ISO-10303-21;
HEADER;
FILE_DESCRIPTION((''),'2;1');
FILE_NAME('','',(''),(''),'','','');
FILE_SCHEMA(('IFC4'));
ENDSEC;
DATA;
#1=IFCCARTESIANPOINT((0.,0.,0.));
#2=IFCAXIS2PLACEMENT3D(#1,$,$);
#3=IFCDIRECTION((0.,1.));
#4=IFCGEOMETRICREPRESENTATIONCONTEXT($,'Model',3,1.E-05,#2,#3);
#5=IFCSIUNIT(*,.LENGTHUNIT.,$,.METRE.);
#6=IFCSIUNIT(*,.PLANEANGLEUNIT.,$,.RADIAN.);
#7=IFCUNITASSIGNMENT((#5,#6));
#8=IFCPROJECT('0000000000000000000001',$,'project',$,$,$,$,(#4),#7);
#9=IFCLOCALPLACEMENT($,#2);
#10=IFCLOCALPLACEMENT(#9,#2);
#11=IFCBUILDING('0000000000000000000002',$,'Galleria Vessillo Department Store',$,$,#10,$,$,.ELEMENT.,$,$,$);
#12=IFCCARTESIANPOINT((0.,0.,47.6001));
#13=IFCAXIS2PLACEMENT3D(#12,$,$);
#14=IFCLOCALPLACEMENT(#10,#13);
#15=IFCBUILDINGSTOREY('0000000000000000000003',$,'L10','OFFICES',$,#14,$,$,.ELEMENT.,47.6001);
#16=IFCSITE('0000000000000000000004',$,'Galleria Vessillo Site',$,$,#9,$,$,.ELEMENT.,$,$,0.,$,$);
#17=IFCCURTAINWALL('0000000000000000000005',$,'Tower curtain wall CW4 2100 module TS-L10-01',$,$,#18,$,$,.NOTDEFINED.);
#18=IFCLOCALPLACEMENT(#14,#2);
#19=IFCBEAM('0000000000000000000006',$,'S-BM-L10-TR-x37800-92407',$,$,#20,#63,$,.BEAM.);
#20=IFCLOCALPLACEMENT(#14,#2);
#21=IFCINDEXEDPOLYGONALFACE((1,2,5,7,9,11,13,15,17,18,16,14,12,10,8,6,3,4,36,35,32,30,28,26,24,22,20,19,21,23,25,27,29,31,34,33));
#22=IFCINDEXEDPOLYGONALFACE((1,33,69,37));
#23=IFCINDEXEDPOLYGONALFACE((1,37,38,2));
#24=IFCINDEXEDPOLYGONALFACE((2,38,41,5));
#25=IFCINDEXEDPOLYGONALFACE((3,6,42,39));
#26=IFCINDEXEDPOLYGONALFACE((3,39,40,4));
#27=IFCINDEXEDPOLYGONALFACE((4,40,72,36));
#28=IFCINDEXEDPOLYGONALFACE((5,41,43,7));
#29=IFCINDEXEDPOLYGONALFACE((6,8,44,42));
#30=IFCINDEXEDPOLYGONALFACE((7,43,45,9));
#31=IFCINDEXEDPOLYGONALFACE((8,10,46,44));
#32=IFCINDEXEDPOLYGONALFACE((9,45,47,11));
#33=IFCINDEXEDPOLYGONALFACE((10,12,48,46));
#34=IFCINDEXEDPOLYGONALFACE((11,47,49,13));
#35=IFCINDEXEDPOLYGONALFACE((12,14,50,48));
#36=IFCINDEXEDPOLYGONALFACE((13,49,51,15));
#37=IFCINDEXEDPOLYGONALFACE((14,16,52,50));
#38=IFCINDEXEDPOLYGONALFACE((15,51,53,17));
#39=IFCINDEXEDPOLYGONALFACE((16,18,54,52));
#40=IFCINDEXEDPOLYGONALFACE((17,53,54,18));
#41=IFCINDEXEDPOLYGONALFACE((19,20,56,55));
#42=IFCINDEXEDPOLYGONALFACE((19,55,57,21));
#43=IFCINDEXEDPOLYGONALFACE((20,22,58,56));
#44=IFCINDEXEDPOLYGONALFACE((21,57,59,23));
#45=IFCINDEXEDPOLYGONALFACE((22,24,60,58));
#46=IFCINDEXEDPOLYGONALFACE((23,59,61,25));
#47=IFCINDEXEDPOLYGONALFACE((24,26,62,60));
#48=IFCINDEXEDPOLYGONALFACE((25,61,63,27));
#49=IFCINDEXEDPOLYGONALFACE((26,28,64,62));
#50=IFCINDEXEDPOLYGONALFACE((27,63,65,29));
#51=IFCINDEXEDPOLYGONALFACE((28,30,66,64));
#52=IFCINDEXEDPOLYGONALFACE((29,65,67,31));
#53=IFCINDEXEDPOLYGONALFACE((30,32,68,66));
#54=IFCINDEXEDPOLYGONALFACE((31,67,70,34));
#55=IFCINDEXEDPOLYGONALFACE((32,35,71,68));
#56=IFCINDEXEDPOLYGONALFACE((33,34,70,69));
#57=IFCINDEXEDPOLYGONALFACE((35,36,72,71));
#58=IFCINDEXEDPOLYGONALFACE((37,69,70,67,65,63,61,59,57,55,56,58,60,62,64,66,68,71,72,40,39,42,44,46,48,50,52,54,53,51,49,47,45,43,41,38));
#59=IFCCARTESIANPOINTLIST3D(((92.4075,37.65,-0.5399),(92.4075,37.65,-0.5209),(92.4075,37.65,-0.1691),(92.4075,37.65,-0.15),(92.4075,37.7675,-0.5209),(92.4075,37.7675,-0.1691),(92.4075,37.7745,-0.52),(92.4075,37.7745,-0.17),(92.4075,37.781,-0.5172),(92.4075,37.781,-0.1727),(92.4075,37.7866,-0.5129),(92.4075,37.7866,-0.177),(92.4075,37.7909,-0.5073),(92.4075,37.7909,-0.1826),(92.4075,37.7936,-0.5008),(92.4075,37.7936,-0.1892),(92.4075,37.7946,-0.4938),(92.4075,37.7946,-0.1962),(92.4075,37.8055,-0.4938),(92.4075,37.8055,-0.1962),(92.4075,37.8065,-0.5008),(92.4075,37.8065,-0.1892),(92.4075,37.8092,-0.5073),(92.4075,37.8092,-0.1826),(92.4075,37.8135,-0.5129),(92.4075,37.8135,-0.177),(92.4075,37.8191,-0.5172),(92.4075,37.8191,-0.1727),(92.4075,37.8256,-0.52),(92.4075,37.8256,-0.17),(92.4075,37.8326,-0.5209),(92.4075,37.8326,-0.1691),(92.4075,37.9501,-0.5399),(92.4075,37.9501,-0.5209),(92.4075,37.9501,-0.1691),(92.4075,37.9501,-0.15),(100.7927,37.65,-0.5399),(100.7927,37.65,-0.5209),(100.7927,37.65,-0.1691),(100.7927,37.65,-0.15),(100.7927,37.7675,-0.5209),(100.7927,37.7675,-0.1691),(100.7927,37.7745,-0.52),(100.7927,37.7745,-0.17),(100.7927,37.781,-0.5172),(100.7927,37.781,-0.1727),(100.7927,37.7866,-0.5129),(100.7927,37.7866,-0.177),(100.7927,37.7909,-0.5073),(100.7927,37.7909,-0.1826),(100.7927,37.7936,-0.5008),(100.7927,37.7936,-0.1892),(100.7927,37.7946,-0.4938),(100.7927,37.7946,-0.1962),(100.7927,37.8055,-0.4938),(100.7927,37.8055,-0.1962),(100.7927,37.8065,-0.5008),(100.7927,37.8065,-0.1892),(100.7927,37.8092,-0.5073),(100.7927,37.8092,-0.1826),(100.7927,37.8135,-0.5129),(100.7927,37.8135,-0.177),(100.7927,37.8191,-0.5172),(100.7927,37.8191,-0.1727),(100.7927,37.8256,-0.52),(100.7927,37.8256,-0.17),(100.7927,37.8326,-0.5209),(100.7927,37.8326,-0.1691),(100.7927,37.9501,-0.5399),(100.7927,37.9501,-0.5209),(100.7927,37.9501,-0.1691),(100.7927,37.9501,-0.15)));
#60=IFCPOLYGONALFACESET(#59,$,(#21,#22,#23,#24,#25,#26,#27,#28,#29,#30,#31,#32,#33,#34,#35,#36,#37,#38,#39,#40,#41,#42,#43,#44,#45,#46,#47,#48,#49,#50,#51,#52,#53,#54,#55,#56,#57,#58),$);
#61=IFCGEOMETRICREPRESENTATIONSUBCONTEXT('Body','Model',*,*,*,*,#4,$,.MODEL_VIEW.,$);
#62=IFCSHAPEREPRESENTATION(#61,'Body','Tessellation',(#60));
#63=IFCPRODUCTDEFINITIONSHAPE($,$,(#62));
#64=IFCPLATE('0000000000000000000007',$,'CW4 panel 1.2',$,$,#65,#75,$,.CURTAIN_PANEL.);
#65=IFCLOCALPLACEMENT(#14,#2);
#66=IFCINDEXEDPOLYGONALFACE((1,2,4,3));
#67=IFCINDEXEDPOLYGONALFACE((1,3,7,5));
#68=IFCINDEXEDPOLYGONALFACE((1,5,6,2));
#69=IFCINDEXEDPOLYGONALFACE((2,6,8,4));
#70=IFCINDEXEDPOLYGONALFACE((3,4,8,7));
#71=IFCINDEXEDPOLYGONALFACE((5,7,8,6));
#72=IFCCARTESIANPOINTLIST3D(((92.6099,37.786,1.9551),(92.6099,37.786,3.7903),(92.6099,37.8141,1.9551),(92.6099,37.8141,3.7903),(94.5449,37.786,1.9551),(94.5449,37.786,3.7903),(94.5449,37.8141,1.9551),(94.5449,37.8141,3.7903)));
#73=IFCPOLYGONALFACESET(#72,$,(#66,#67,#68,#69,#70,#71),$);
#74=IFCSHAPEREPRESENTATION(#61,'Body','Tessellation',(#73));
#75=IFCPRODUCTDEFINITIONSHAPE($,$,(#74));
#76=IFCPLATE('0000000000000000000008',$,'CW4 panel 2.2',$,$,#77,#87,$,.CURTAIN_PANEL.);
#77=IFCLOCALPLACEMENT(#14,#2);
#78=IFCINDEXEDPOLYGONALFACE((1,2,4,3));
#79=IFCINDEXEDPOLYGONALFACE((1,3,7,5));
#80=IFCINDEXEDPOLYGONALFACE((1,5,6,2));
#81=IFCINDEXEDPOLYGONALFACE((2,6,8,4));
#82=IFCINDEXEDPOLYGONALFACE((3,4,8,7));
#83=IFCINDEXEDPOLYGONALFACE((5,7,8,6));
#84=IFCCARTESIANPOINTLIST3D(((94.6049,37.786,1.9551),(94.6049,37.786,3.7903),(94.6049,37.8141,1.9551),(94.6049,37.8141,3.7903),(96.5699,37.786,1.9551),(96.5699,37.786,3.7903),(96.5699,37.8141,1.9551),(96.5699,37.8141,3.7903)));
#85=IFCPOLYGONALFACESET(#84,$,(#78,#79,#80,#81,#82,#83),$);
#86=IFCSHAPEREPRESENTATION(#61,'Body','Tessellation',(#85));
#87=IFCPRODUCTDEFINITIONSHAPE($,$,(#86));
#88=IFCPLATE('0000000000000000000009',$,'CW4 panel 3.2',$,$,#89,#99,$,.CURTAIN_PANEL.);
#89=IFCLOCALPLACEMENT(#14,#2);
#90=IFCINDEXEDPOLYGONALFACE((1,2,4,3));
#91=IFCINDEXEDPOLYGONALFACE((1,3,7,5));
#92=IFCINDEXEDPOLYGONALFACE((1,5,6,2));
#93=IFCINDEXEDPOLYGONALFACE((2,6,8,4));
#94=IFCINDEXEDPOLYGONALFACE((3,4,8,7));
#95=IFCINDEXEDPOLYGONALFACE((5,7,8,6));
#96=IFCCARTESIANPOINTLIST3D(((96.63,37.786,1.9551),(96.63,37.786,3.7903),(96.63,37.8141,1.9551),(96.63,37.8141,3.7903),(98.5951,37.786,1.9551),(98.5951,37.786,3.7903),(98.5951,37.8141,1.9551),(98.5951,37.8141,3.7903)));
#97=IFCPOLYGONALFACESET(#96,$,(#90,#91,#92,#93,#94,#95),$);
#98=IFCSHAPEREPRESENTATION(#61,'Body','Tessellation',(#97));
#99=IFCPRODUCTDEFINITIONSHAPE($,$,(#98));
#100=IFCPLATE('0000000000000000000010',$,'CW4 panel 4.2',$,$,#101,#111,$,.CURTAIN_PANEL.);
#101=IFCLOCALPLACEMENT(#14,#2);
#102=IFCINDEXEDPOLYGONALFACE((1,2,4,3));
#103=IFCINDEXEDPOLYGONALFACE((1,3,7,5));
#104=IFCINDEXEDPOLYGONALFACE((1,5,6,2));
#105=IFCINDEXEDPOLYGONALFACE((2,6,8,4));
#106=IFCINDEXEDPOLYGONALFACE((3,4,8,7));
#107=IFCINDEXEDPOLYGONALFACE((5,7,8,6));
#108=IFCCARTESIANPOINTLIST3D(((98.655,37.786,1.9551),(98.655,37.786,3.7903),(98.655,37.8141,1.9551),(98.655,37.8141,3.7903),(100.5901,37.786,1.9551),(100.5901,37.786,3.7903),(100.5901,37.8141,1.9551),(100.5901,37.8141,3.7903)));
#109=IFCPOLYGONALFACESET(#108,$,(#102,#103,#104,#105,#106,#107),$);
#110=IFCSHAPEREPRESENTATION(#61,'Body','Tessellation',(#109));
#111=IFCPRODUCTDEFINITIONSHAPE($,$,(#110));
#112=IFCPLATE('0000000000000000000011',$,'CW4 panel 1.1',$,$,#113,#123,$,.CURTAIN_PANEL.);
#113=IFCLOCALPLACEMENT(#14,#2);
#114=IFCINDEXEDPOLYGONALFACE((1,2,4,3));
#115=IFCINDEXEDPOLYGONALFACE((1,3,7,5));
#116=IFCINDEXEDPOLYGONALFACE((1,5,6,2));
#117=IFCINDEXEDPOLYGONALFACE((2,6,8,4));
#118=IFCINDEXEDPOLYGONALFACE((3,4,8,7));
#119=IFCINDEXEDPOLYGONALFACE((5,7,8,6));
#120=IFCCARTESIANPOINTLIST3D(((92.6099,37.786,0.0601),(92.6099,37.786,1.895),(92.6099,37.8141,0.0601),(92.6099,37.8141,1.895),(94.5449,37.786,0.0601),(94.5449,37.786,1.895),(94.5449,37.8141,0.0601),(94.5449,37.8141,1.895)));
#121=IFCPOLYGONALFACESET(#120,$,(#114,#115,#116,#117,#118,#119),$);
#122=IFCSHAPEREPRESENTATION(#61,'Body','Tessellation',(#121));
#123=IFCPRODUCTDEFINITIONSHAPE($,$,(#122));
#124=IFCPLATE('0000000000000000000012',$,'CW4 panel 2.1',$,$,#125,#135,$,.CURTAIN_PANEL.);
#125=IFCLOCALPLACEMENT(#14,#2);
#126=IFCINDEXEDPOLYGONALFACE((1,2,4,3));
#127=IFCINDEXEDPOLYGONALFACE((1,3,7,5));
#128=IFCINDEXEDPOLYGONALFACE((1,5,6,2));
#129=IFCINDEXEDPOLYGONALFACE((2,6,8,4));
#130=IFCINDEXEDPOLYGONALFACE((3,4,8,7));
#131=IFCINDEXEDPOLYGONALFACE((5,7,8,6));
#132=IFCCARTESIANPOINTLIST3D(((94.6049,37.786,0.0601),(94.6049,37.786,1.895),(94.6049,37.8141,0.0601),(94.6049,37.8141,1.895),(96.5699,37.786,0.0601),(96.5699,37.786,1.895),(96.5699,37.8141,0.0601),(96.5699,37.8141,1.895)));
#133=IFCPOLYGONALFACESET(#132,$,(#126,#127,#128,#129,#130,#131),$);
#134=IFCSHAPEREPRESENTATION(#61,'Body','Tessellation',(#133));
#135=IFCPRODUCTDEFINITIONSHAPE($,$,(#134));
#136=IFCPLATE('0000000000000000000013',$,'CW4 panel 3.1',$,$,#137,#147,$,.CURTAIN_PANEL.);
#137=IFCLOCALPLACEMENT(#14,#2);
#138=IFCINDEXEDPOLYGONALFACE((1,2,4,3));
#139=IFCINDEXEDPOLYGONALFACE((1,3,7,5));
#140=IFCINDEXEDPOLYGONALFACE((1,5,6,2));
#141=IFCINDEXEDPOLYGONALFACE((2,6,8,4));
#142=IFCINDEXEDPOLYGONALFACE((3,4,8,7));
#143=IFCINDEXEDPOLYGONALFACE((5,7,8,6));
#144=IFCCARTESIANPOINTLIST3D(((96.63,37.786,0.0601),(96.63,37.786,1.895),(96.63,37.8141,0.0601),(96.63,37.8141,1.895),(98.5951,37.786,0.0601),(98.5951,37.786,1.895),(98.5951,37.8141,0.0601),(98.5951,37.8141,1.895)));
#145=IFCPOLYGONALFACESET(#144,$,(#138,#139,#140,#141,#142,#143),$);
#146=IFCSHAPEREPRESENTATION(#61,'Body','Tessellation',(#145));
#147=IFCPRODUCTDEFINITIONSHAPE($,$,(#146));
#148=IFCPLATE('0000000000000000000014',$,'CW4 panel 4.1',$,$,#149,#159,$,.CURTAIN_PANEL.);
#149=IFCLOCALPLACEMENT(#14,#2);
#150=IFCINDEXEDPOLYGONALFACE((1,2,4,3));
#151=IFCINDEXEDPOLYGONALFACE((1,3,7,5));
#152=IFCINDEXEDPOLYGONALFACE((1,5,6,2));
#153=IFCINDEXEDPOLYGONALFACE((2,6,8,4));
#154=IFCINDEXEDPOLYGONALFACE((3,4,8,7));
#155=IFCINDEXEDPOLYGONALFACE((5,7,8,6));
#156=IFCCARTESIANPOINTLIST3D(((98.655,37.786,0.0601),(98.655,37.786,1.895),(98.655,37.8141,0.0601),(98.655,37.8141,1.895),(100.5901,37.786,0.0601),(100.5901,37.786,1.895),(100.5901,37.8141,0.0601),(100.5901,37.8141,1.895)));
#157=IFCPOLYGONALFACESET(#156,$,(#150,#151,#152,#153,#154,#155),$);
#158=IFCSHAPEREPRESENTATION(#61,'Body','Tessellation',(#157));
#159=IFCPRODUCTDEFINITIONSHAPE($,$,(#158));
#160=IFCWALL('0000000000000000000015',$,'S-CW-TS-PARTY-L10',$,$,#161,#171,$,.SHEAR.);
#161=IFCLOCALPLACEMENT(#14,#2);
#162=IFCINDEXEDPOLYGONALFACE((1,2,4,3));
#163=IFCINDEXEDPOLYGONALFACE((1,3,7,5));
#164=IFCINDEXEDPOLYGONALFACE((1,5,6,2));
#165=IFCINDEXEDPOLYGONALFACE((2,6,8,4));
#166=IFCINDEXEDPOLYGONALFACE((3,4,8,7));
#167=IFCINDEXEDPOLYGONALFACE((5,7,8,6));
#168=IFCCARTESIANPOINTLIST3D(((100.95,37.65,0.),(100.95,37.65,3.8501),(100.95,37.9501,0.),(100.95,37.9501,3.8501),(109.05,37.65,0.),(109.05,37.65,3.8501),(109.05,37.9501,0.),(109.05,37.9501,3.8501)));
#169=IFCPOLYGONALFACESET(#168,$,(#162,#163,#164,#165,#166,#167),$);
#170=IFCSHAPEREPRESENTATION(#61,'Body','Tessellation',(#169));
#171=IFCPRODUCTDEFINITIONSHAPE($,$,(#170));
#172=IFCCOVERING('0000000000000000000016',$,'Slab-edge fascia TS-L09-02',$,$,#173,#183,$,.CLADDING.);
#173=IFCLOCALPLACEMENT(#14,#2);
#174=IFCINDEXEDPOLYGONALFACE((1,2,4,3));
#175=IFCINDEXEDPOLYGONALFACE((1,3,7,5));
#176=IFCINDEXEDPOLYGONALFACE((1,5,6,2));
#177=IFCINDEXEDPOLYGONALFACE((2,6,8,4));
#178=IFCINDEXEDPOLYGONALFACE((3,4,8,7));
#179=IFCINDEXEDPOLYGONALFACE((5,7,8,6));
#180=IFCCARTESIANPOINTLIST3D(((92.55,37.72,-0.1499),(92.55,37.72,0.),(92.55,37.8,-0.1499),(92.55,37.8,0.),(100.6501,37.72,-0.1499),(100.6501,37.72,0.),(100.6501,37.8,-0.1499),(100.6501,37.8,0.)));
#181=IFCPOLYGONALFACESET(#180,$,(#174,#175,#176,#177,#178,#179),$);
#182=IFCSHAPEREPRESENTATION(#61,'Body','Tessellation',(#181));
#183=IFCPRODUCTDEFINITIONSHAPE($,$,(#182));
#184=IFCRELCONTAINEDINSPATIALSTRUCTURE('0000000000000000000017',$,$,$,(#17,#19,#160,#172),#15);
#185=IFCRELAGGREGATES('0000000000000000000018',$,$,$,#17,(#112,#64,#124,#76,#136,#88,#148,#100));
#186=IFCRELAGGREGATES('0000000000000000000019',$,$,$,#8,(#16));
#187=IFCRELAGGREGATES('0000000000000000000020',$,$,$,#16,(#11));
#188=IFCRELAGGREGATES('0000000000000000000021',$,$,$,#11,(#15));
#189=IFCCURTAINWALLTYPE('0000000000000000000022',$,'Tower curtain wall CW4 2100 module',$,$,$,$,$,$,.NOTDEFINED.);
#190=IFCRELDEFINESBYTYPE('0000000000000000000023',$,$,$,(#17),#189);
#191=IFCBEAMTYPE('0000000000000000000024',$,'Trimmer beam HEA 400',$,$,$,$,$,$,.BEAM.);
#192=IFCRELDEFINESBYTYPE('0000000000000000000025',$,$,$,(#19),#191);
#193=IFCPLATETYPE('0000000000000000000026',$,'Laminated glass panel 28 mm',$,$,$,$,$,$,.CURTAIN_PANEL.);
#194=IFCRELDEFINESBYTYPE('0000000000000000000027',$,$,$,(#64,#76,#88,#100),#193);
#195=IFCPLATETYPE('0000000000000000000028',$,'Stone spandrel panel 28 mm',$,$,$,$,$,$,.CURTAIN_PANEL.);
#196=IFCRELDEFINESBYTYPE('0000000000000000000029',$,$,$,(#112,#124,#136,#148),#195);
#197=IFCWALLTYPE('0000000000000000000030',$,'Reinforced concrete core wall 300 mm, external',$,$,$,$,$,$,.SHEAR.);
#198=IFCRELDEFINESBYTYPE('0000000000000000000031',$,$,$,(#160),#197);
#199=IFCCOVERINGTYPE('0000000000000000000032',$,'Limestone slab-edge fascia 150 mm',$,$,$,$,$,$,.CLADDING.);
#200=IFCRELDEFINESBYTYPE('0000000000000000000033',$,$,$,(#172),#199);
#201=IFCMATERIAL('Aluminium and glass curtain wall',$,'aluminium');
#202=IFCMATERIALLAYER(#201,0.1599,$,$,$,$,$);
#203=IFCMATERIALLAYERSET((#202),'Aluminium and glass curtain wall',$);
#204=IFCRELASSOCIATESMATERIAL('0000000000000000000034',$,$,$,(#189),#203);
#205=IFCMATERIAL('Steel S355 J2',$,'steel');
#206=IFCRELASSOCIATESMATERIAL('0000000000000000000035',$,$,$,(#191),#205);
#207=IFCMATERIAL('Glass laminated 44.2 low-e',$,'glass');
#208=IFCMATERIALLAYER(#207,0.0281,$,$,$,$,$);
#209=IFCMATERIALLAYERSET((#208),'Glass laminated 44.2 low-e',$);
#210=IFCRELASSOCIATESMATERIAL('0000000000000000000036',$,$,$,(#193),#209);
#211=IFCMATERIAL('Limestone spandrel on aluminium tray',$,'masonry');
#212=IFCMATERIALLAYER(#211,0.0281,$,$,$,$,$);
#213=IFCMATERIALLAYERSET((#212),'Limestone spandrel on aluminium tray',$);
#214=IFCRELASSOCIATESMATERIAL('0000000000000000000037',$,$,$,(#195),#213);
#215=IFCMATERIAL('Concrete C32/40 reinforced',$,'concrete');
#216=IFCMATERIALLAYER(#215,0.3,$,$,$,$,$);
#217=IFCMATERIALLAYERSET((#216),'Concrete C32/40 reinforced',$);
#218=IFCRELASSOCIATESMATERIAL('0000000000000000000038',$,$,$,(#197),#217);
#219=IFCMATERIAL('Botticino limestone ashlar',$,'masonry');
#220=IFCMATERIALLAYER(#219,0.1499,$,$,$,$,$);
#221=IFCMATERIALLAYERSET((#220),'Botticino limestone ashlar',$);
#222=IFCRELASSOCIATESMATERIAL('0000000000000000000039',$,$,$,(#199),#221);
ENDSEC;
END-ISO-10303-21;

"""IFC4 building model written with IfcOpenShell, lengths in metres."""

from ifc_helpers import new_model, si_unit, direction, frame, frame_2d, origin, origin_2d, place, context, subcontext, project, spatial, rectangle, i_section, extrude, material, layer, layer_set, material_profile, profile_set, type_object, element, aggregate, save


model = new_model("IFC4")

# Units and contexts
model_context = context("Model", 3, precision=1e-05, world=origin(), true_north=direction((0.0, 1.0)))
body_context = subcontext(model_context, "Body", "Model", "MODEL_VIEW")
ifc_project = project(units=[si_unit("LENGTHUNIT", "METRE"), si_unit("PLANEANGLEUNIT", "RADIAN")], contexts=[model_context])

# Site, building, storey
site_placement = place(None, origin())
site = spatial("IfcSite", under=ifc_project, at=site_placement, Name="Galleria Vessillo Site", CompositionType="ELEMENT", RefElevation=0.0)
building_placement = place(site_placement, origin())
building = spatial("IfcBuilding", under=site, at=building_placement, Name="Galleria Vessillo Department Store", CompositionType="ELEMENT")
storey_placement = place(building_placement, frame((0.0, 0.0, 47.6001)))
storey = spatial("IfcBuildingStorey", under=building, at=storey_placement, Name="L10", Description="OFFICES", CompositionType="ELEMENT", Elevation=47.6001)

# Curtain wall
ifc_material_1 = material(Name="Aluminium and glass curtain wall", Category="aluminium")
ifc_layer_1 = layer(ifc_material_1, 0.1599)
ifc_layer_set_1 = layer_set([ifc_layer_1], Name="Aluminium and glass curtain wall")
curtain_wall_type = type_object("IfcCurtainWallType", Name="Tower curtain wall CW4 2100 module", PredefinedType="NOTDEFINED", material=ifc_layer_set_1)
curtain_wall_placement = place(storey_placement, origin())
curtain_wall = element("IfcCurtainWall", 1, at=curtain_wall_placement, inside=storey, type_object=curtain_wall_type, Name="Tower curtain wall CW4 2100 module TS-L10-01", PredefinedType="NOTDEFINED")

# Beam
ifc_material_2 = material(Name="Steel S355 J2", Category="steel")
ifc_material_profile_1 = material_profile(ifc_material_2, i_section(OverallWidth=0.3, OverallDepth=0.3899, WebThickness=0.011, FlangeThickness=0.019, FilletRadius=0.0271, at=origin_2d()), Name="HEA 400")
ifc_profile_set_1 = profile_set([ifc_material_profile_1], Name="Steel S355 J2")
beam_type_1 = type_object("IfcBeamType", Name="Trimmer beam HEA 400", PredefinedType="BEAM", material=ifc_profile_set_1)
beam_placement = place(storey_placement, frame((92.4075, 37.8, -0.345), z_axis=(1.0, 0.0, 0.0), x_axis=(0.0, 1.0, 0.0)))
element("IfcBeam", 2, at=beam_placement, inside=storey, type_object=beam_type_1, Name="S-BM-L10-TR-x37800-92407", PredefinedType="BEAM", context=body_context, shape_type="SweptSolid", body=[
    extrude(i_section(OverallWidth=0.3, OverallDepth=0.3899, WebThickness=0.011, FlangeThickness=0.019, FilletRadius=0.0271, at=origin_2d()), origin(), (0.0, 0.0, 1.0), 8.3853),
])

# Plates
ifc_material_3 = material(Name="Glass laminated 44.2 low-e", Category="glass")
ifc_layer_2 = layer(ifc_material_3, 0.0281)
ifc_layer_set_2 = layer_set([ifc_layer_2], Name="Glass laminated 44.2 low-e")
plate_type_1 = type_object("IfcPlateType", Name="Laminated glass panel 28 mm", PredefinedType="CURTAIN_PANEL", material=ifc_layer_set_2)
plate_1_placement = place(storey_placement, frame((93.5774, 37.8, 1.9551), z_axis=(0.0, 0.0, 1.0), x_axis=(1.0, 0.0, 0.0)))
plate_1 = element("IfcPlate", 3, at=plate_1_placement, type_object=plate_type_1, Name="CW4 panel 1.2", PredefinedType="CURTAIN_PANEL", context=body_context, shape_type="SweptSolid", body=[
    extrude(rectangle(XDim=1.9351, YDim=0.0281, at=origin_2d()), origin(), (0.0, 0.0, 1.0), 1.8352),
])
plate_2_placement = place(storey_placement, frame((95.5874, 37.8, 1.9551), z_axis=(0.0, 0.0, 1.0), x_axis=(1.0, 0.0, 0.0)))
plate_2 = element("IfcPlate", 4, at=plate_2_placement, type_object=plate_type_1, Name="CW4 panel 2.2", PredefinedType="CURTAIN_PANEL", context=body_context, shape_type="SweptSolid", body=[
    extrude(rectangle(XDim=1.9651, YDim=0.0281, at=origin_2d()), origin(), (0.0, 0.0, 1.0), 1.8352),
])
plate_3_placement = place(storey_placement, frame((97.6125, 37.8, 1.9551), z_axis=(0.0, 0.0, 1.0), x_axis=(1.0, 0.0, 0.0)))
plate_3 = element("IfcPlate", 5, at=plate_3_placement, type_object=plate_type_1, Name="CW4 panel 3.2", PredefinedType="CURTAIN_PANEL", context=body_context, shape_type="SweptSolid", body=[
    extrude(rectangle(XDim=1.9651, YDim=0.0281, at=origin_2d()), origin(), (0.0, 0.0, 1.0), 1.8352),
])
plate_4_placement = place(storey_placement, frame((99.6226, 37.8, 1.9551), z_axis=(0.0, 0.0, 1.0), x_axis=(1.0, 0.0, 0.0)))
plate_4 = element("IfcPlate", 6, at=plate_4_placement, type_object=plate_type_1, Name="CW4 panel 4.2", PredefinedType="CURTAIN_PANEL", context=body_context, shape_type="SweptSolid", body=[
    extrude(rectangle(XDim=1.9351, YDim=0.0281, at=origin_2d()), origin(), (0.0, 0.0, 1.0), 1.8352),
])
ifc_material_4 = material(Name="Limestone spandrel on aluminium tray", Category="masonry")
ifc_layer_3 = layer(ifc_material_4, 0.0281)
ifc_layer_set_3 = layer_set([ifc_layer_3], Name="Limestone spandrel on aluminium tray")
plate_type_2 = type_object("IfcPlateType", Name="Stone spandrel panel 28 mm", PredefinedType="CURTAIN_PANEL", material=ifc_layer_set_3)
plate_5_placement = place(storey_placement, frame((93.5774, 37.8, 0.0601), z_axis=(0.0, 0.0, 1.0), x_axis=(1.0, 0.0, 0.0)))
plate_5 = element("IfcPlate", 7, at=plate_5_placement, type_object=plate_type_2, Name="CW4 panel 1.1", PredefinedType="CURTAIN_PANEL", context=body_context, shape_type="SweptSolid", body=[
    extrude(rectangle(XDim=1.9351, YDim=0.0281, at=origin_2d()), origin(), (0.0, 0.0, 1.0), 1.835),
])
plate_6_placement = place(storey_placement, frame((95.5874, 37.8, 0.0601), z_axis=(0.0, 0.0, 1.0), x_axis=(1.0, 0.0, 0.0)))
plate_6 = element("IfcPlate", 8, at=plate_6_placement, type_object=plate_type_2, Name="CW4 panel 2.1", PredefinedType="CURTAIN_PANEL", context=body_context, shape_type="SweptSolid", body=[
    extrude(rectangle(XDim=1.9651, YDim=0.0281, at=origin_2d()), origin(), (0.0, 0.0, 1.0), 1.835),
])
plate_7_placement = place(storey_placement, frame((97.6125, 37.8, 0.0601), z_axis=(0.0, 0.0, 1.0), x_axis=(1.0, 0.0, 0.0)))
plate_7 = element("IfcPlate", 9, at=plate_7_placement, type_object=plate_type_2, Name="CW4 panel 3.1", PredefinedType="CURTAIN_PANEL", context=body_context, shape_type="SweptSolid", body=[
    extrude(rectangle(XDim=1.9651, YDim=0.0281, at=origin_2d()), origin(), (0.0, 0.0, 1.0), 1.835),
])
plate_8_placement = place(storey_placement, frame((99.6226, 37.8, 0.0601), z_axis=(0.0, 0.0, 1.0), x_axis=(1.0, 0.0, 0.0)))
plate_8 = element("IfcPlate", 10, at=plate_8_placement, type_object=plate_type_2, Name="CW4 panel 4.1", PredefinedType="CURTAIN_PANEL", context=body_context, shape_type="SweptSolid", body=[
    extrude(rectangle(XDim=1.9351, YDim=0.0281, at=origin_2d()), origin(), (0.0, 0.0, 1.0), 1.835),
])
aggregate(curtain_wall, [plate_5, plate_1, plate_6, plate_2, plate_7, plate_3, plate_8, plate_4])

# Wall
ifc_material_5 = material(Name="Concrete C32/40 reinforced", Category="concrete")
ifc_layer_4 = layer(ifc_material_5, 0.3)
ifc_layer_set_4 = layer_set([ifc_layer_4], Name="Concrete C32/40 reinforced")
wall_type = type_object("IfcWallType", Name="Reinforced concrete core wall 300 mm, external", PredefinedType="SHEAR", material=ifc_layer_set_4)
wall_placement = place(storey_placement, frame((100.95, 37.8, 0.0), z_axis=(0.0, 0.0, 1.0), x_axis=(1.0, 0.0, 0.0)))
element("IfcWall", 11, at=wall_placement, inside=storey, type_object=wall_type, Name="S-CW-TS-PARTY-L10", PredefinedType="SHEAR", context=body_context, shape_type="SweptSolid", body=[
    extrude(rectangle(XDim=8.1001, YDim=0.3, at=frame_2d((4.05, 0.0))), origin(), (0.0, 0.0, 1.0), 3.8501),
])

# Covering
ifc_material_6 = material(Name="Botticino limestone ashlar", Category="masonry")
ifc_layer_5 = layer(ifc_material_6, 0.1499)
ifc_layer_set_5 = layer_set([ifc_layer_5], Name="Botticino limestone ashlar")
covering_type_1 = type_object("IfcCoveringType", Name="Limestone slab-edge fascia 150 mm", PredefinedType="CLADDING", material=ifc_layer_set_5)
covering_1_placement = place(storey_placement, frame((96.6001, 37.76, -0.1499), z_axis=(0.0, 0.0, 1.0), x_axis=(1.0, 0.0, 0.0)))
element("IfcCovering", 12, at=covering_1_placement, inside=storey, type_object=covering_type_1, Name="Slab-edge fascia TS-L09-02", PredefinedType="CLADDING", context=body_context, shape_type="SweptSolid", body=[
    extrude(rectangle(XDim=8.1001, YDim=0.0801, at=origin_2d()), origin(), (0.0, 0.0, 1.0), 0.1499),
])

save(model, "model.ifc")
